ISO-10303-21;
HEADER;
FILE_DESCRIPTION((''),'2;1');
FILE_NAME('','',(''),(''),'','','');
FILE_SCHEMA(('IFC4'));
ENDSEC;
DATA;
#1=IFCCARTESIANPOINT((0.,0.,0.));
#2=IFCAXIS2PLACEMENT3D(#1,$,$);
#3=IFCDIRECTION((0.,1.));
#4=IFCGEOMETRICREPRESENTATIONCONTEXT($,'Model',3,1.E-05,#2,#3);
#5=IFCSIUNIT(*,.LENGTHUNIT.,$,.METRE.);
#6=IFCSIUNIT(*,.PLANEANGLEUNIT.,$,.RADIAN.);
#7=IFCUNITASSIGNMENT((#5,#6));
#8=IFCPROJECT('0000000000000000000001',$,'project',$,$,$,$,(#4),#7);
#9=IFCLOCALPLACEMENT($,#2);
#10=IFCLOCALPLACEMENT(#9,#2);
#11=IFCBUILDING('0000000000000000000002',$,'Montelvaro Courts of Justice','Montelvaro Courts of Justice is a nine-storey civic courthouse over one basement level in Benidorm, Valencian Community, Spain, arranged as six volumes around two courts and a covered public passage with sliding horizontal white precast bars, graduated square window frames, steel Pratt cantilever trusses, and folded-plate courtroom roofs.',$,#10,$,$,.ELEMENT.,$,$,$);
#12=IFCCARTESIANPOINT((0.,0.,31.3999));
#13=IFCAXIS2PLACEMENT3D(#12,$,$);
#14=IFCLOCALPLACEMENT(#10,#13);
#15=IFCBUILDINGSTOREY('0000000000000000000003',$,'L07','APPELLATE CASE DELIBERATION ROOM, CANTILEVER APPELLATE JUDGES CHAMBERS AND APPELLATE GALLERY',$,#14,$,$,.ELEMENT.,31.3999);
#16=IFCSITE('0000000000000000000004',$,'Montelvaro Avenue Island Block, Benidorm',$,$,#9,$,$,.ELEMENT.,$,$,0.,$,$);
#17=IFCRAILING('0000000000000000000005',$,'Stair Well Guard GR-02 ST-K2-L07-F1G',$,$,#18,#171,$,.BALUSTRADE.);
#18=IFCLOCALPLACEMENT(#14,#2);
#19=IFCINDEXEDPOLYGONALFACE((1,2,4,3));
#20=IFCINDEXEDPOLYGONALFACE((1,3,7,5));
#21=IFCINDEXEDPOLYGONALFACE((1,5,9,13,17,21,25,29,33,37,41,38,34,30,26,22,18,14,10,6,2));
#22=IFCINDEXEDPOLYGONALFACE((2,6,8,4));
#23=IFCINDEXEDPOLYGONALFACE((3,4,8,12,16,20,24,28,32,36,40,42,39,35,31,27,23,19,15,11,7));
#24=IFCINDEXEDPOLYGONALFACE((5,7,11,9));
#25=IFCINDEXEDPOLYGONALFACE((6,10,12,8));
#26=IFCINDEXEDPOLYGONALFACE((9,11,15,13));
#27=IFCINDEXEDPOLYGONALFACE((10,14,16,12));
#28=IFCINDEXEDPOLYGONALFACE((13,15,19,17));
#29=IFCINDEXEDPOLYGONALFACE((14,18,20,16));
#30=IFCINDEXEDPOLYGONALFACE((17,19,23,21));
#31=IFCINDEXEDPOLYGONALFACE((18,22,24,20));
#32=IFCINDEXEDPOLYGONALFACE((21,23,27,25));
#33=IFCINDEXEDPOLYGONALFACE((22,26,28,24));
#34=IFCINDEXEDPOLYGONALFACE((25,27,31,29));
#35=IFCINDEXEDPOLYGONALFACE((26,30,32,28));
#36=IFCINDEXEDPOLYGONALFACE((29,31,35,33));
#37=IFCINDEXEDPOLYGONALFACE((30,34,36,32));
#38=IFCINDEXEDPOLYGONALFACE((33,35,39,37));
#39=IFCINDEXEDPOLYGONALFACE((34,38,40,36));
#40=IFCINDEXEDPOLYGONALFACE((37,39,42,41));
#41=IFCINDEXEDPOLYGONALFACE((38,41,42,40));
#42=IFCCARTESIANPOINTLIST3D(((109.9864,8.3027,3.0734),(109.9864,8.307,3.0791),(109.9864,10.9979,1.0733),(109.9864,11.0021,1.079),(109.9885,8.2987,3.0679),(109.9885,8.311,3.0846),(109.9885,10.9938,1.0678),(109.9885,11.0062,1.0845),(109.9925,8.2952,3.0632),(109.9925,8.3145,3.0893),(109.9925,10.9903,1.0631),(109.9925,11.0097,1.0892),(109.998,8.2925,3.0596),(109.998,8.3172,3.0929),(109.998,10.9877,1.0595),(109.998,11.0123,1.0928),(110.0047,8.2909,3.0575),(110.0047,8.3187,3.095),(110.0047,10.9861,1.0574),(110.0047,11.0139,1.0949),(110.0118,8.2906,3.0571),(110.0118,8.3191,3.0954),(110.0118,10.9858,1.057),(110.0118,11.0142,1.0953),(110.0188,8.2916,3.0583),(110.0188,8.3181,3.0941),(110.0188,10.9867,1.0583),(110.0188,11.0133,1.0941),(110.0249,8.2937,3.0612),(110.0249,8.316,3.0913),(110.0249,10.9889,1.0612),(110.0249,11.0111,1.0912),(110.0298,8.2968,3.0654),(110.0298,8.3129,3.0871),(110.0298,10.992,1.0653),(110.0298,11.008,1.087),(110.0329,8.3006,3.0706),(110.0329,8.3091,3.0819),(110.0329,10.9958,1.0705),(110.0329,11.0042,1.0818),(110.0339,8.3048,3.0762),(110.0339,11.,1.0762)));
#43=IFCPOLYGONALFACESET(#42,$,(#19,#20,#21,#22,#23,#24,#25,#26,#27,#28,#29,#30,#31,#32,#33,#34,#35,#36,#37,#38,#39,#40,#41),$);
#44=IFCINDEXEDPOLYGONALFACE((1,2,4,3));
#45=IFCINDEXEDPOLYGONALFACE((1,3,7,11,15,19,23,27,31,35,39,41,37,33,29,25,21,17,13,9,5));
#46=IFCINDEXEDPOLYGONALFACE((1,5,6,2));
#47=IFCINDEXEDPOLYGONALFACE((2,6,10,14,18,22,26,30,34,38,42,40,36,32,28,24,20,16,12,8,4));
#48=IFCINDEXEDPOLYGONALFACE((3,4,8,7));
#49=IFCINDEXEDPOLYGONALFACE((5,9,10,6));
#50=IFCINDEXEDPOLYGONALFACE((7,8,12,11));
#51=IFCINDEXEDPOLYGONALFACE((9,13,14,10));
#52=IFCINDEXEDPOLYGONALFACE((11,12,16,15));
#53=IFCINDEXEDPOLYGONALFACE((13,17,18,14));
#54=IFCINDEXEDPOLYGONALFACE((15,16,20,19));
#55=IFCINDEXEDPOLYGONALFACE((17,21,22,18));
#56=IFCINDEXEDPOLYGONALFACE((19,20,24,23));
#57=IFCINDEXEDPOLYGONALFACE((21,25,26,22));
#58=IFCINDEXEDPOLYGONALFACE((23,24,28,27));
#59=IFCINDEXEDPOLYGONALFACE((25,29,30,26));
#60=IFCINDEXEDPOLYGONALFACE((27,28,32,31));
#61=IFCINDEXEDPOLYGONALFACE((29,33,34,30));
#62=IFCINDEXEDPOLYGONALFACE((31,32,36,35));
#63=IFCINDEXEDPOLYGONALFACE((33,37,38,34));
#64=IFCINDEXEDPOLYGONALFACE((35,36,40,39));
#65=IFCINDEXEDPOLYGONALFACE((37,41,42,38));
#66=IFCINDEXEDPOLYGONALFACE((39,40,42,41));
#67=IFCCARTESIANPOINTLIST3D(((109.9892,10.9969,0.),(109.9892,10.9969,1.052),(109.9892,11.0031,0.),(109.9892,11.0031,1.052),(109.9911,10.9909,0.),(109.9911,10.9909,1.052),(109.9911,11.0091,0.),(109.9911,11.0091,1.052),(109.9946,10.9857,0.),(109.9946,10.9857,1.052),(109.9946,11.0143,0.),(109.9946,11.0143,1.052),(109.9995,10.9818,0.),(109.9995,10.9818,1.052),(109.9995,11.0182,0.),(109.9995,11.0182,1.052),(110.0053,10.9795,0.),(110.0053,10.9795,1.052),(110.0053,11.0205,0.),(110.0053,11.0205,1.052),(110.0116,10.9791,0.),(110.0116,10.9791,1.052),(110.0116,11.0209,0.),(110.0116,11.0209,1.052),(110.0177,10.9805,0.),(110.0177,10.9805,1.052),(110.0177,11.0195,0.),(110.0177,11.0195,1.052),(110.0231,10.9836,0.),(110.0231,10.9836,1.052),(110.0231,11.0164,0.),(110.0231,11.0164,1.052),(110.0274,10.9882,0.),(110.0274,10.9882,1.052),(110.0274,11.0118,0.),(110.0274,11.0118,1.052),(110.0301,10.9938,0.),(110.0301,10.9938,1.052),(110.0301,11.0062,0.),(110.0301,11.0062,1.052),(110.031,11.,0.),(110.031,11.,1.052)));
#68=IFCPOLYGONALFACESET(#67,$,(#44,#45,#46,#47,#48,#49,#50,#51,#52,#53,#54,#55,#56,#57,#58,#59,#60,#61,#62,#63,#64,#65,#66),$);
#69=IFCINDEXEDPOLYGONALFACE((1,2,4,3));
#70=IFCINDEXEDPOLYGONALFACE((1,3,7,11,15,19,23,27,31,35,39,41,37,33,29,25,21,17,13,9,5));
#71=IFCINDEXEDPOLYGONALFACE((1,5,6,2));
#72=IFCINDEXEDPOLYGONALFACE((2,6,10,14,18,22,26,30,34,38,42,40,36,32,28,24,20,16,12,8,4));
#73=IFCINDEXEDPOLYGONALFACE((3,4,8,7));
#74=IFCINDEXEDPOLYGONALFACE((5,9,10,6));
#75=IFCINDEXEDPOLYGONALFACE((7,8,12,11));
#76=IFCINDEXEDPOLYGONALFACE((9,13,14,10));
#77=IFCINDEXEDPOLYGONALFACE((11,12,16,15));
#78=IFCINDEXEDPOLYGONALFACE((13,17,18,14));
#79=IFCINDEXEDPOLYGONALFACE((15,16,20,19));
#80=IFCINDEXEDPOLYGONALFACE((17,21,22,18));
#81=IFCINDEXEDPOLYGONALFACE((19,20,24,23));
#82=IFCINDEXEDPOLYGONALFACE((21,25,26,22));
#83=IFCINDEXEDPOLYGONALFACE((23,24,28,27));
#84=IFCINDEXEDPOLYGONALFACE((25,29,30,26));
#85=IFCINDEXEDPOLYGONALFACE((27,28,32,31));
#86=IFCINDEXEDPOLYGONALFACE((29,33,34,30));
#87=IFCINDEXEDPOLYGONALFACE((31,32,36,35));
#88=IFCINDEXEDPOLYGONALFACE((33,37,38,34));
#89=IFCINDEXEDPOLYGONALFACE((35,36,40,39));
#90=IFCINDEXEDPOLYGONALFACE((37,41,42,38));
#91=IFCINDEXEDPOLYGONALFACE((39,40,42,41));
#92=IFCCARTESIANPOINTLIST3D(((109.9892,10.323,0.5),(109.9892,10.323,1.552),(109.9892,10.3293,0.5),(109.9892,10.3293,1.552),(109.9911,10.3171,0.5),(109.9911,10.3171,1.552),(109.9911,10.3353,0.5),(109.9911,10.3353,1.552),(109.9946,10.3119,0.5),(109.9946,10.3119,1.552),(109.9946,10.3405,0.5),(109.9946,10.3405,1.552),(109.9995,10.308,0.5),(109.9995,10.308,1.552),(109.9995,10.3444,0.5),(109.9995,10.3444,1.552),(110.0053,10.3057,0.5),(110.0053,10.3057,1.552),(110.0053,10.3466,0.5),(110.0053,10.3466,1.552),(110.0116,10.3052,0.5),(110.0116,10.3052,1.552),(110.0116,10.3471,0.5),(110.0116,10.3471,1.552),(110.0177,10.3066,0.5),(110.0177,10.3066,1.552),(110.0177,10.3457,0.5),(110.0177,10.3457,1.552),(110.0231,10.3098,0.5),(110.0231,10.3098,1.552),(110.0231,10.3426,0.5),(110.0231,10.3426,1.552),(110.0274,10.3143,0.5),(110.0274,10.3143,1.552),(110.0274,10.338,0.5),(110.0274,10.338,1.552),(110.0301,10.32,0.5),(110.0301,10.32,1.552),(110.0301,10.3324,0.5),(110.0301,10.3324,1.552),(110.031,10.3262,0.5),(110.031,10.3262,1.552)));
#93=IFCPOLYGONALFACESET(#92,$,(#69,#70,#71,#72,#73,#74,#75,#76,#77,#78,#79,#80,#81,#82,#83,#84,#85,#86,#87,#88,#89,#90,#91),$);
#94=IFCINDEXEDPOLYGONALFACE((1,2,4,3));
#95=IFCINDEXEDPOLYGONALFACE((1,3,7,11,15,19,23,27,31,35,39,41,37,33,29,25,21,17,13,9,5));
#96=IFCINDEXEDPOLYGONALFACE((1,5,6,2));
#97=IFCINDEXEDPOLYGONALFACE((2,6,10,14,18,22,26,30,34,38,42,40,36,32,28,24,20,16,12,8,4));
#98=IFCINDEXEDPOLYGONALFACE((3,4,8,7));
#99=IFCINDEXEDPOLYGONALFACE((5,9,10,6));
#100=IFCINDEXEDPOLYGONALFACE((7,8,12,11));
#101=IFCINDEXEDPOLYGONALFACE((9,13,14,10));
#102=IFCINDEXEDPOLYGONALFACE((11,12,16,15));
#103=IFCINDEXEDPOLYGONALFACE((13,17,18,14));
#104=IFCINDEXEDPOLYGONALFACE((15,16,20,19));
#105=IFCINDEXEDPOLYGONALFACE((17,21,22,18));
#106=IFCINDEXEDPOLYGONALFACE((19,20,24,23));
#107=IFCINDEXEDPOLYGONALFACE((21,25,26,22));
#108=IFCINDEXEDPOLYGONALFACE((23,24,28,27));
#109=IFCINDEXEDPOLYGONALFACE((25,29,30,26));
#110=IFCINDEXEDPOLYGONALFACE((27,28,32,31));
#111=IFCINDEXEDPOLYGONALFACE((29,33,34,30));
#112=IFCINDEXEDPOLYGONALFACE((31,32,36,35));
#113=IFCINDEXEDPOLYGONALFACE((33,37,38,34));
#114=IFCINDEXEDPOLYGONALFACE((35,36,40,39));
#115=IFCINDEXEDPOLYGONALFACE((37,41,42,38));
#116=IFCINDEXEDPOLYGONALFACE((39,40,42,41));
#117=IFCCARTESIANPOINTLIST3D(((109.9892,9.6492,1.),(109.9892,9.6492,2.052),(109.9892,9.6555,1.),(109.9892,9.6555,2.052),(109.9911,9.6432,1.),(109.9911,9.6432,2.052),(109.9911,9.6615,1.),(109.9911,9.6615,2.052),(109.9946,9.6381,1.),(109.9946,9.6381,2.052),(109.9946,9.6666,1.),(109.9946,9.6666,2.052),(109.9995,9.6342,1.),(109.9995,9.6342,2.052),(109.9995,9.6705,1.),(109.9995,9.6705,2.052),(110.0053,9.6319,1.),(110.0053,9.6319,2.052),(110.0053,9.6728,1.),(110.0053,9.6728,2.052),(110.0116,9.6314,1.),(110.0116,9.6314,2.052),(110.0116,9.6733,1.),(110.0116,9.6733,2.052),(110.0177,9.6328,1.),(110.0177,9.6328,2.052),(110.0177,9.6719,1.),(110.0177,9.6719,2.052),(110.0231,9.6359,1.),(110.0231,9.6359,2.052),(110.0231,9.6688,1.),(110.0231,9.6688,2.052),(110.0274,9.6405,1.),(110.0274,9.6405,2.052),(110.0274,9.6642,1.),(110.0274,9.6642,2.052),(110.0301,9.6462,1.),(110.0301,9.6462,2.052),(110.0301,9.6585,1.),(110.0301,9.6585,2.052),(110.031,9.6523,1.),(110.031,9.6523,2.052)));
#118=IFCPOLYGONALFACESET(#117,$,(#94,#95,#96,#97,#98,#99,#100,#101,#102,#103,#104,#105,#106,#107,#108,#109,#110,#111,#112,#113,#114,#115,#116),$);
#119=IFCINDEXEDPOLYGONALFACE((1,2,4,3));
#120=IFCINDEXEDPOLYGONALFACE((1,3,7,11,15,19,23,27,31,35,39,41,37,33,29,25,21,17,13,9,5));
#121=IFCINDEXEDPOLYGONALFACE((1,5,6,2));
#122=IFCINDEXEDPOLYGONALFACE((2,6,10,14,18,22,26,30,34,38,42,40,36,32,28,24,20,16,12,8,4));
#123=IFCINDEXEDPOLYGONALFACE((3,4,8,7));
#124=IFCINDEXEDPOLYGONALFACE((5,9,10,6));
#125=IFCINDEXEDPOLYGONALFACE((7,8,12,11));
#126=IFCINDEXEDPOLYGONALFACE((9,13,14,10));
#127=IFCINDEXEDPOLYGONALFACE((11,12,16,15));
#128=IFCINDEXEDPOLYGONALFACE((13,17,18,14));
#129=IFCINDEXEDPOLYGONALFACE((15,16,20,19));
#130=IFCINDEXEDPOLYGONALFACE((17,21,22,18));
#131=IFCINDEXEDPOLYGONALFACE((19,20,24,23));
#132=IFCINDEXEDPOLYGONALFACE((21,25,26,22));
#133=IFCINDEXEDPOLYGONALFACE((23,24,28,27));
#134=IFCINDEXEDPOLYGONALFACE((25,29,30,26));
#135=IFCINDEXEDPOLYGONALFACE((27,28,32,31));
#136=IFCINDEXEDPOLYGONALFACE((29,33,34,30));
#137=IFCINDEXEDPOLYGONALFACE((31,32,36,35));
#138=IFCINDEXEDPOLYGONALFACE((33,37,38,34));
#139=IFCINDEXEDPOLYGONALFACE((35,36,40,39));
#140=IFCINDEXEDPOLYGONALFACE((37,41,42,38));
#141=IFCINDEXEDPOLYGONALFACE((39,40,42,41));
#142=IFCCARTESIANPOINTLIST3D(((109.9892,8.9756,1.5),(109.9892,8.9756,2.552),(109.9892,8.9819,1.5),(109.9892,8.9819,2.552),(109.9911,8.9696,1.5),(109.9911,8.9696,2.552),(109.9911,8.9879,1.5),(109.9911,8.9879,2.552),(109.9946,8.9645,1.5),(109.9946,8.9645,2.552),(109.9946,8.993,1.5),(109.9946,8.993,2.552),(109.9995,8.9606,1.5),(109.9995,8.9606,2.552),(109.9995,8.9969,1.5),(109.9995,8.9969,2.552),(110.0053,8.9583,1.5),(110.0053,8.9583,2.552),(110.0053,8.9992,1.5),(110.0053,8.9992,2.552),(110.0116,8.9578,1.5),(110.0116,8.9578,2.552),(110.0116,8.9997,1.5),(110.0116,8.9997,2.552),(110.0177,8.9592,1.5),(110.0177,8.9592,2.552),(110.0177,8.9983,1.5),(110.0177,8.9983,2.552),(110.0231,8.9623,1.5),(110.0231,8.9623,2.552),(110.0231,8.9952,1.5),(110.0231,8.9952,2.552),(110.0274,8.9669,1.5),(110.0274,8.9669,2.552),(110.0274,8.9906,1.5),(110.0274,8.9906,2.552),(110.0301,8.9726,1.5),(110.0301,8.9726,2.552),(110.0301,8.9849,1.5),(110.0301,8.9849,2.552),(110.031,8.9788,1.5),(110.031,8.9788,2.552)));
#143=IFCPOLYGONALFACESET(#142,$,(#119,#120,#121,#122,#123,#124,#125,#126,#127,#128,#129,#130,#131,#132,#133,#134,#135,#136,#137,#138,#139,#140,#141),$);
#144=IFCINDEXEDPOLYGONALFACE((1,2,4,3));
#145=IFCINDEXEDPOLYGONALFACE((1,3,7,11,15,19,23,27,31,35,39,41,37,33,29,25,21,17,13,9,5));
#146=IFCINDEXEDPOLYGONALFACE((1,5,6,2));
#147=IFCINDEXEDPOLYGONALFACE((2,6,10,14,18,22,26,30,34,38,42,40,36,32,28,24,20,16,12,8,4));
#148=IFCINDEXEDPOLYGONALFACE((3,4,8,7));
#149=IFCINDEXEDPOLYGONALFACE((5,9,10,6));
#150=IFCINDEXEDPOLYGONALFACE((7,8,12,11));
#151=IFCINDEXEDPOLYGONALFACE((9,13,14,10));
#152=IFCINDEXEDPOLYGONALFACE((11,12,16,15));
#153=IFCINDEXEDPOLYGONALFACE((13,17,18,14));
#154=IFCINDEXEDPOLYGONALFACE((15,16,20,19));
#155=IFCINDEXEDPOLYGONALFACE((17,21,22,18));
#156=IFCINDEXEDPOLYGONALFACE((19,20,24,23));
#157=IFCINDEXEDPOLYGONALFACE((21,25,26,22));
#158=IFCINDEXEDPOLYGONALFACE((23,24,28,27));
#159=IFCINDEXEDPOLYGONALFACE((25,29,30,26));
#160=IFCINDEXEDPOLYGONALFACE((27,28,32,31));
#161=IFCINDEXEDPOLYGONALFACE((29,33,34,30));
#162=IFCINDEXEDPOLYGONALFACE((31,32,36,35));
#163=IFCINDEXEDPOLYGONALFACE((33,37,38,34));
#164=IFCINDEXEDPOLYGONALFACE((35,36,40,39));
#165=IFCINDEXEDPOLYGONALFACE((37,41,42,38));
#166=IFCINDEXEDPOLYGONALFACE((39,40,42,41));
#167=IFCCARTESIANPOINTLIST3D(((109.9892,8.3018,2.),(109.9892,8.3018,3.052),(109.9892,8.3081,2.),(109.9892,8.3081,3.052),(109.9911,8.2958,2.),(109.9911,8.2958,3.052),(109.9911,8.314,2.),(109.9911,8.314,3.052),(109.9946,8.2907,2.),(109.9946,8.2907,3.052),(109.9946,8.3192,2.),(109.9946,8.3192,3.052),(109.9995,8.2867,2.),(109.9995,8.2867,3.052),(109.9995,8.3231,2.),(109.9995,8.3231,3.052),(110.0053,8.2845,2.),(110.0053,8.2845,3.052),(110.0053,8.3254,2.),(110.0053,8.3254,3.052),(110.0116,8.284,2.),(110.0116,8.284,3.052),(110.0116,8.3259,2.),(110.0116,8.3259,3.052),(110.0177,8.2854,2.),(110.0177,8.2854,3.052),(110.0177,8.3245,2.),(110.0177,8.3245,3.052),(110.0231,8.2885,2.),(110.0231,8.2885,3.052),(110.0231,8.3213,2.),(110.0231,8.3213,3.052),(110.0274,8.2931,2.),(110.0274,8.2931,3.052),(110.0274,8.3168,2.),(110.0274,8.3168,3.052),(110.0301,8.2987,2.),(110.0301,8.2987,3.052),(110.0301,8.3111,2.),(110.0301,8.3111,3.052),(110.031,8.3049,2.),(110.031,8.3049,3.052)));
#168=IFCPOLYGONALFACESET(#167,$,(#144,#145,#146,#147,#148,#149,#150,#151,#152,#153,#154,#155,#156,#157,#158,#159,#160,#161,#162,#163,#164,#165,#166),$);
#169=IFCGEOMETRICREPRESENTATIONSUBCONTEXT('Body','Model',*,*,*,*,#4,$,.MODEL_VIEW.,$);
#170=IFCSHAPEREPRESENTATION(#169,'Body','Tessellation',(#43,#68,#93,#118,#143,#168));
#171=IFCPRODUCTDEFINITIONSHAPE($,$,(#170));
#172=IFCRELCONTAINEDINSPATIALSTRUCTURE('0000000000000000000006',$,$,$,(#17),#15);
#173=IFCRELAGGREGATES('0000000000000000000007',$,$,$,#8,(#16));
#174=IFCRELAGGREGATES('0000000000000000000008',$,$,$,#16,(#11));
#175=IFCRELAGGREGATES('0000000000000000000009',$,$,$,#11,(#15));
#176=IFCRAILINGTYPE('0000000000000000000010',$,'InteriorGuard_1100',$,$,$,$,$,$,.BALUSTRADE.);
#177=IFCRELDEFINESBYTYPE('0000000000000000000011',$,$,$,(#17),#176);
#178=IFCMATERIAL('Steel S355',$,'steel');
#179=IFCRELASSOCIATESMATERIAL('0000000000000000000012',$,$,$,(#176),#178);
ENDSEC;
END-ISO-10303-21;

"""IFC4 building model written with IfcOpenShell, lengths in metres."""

from ifc_helpers import new_model, si_unit, direction, frame, origin, origin_2d, place, context, subcontext, project, spatial, circle, extrude, material, type_object, element, save


model = new_model("IFC4")

# Units and contexts
model_context = context("Model", 3, precision=1e-05, world=origin(), true_north=direction((0.0, 1.0)))
body_context = subcontext(model_context, "Body", "Model", "MODEL_VIEW")
ifc_project = project(units=[si_unit("LENGTHUNIT", "METRE"), si_unit("PLANEANGLEUNIT", "RADIAN")], contexts=[model_context])

# Site, building, storey
site_placement = place(None, origin())
site = spatial("IfcSite", under=ifc_project, at=site_placement, Name="Montelvaro Avenue Island Block, Benidorm", CompositionType="ELEMENT", RefElevation=0.0)
building_placement = place(site_placement, origin())
building = spatial("IfcBuilding", under=site, at=building_placement, Name="Montelvaro Courts of Justice", Description="Montelvaro Courts of Justice is a nine-storey civic courthouse over one basement level in Benidorm, Valencian Community, Spain, arranged as six volumes around two courts and a covered public passage with sliding horizontal white precast bars, graduated square window frames, steel Pratt cantilever trusses, and folded-plate courtroom roofs.", CompositionType="ELEMENT")
storey_placement = place(building_placement, frame((0.0, 0.0, 31.3999)))
storey = spatial("IfcBuildingStorey", under=building, at=storey_placement, Name="L07", Description="APPELLATE CASE DELIBERATION ROOM, CANTILEVER APPELLATE JUDGES CHAMBERS AND APPELLATE GALLERY", CompositionType="ELEMENT", Elevation=31.3999)

# Shared definitions
ifc_material_1 = material(Name="Steel S355", Category="steel")

# Railing
railing_type_1 = type_object("IfcRailingType", Name="InteriorGuard_1100", PredefinedType="BALUSTRADE", material=ifc_material_1)
railing_1_placement = place(storey_placement, frame((110.01, 11.0, 0.0)))
element("IfcRailing", 1, at=railing_1_placement, inside=storey, type_object=railing_type_1, Name="Stair Well Guard GR-02 ST-K2-L07-F1G", PredefinedType="BALUSTRADE", context=body_context, shape_type="SweptSolid", body=[
    extrude(circle(Radius=0.0239, at=origin_2d()), frame((0.0, 0.0, 1.0762), z_axis=(0.0, -0.803036, 0.59593), x_axis=(1.0, 0.0, 0.0)), (0.0, 0.0, 1.0), 3.3562),
    extrude(circle(Radius=0.021, at=origin_2d()), origin(), (0.0, 0.0, 1.0), 1.052),
    extrude(circle(Radius=0.021, at=origin_2d()), frame((0.0, -0.6738, 0.5)), (0.0, 0.0, 1.0), 1.052),
    extrude(circle(Radius=0.021, at=origin_2d()), frame((0.0, -1.3477, 1.0)), (0.0, 0.0, 1.0), 1.052),
    extrude(circle(Radius=0.021, at=origin_2d()), frame((0.0, -2.0212, 1.5)), (0.0, 0.0, 1.0), 1.052),
    extrude(circle(Radius=0.021, at=origin_2d()), frame((0.0, -2.6951, 2.0)), (0.0, 0.0, 1.0), 1.052),
])

save(model, "model.ifc")
